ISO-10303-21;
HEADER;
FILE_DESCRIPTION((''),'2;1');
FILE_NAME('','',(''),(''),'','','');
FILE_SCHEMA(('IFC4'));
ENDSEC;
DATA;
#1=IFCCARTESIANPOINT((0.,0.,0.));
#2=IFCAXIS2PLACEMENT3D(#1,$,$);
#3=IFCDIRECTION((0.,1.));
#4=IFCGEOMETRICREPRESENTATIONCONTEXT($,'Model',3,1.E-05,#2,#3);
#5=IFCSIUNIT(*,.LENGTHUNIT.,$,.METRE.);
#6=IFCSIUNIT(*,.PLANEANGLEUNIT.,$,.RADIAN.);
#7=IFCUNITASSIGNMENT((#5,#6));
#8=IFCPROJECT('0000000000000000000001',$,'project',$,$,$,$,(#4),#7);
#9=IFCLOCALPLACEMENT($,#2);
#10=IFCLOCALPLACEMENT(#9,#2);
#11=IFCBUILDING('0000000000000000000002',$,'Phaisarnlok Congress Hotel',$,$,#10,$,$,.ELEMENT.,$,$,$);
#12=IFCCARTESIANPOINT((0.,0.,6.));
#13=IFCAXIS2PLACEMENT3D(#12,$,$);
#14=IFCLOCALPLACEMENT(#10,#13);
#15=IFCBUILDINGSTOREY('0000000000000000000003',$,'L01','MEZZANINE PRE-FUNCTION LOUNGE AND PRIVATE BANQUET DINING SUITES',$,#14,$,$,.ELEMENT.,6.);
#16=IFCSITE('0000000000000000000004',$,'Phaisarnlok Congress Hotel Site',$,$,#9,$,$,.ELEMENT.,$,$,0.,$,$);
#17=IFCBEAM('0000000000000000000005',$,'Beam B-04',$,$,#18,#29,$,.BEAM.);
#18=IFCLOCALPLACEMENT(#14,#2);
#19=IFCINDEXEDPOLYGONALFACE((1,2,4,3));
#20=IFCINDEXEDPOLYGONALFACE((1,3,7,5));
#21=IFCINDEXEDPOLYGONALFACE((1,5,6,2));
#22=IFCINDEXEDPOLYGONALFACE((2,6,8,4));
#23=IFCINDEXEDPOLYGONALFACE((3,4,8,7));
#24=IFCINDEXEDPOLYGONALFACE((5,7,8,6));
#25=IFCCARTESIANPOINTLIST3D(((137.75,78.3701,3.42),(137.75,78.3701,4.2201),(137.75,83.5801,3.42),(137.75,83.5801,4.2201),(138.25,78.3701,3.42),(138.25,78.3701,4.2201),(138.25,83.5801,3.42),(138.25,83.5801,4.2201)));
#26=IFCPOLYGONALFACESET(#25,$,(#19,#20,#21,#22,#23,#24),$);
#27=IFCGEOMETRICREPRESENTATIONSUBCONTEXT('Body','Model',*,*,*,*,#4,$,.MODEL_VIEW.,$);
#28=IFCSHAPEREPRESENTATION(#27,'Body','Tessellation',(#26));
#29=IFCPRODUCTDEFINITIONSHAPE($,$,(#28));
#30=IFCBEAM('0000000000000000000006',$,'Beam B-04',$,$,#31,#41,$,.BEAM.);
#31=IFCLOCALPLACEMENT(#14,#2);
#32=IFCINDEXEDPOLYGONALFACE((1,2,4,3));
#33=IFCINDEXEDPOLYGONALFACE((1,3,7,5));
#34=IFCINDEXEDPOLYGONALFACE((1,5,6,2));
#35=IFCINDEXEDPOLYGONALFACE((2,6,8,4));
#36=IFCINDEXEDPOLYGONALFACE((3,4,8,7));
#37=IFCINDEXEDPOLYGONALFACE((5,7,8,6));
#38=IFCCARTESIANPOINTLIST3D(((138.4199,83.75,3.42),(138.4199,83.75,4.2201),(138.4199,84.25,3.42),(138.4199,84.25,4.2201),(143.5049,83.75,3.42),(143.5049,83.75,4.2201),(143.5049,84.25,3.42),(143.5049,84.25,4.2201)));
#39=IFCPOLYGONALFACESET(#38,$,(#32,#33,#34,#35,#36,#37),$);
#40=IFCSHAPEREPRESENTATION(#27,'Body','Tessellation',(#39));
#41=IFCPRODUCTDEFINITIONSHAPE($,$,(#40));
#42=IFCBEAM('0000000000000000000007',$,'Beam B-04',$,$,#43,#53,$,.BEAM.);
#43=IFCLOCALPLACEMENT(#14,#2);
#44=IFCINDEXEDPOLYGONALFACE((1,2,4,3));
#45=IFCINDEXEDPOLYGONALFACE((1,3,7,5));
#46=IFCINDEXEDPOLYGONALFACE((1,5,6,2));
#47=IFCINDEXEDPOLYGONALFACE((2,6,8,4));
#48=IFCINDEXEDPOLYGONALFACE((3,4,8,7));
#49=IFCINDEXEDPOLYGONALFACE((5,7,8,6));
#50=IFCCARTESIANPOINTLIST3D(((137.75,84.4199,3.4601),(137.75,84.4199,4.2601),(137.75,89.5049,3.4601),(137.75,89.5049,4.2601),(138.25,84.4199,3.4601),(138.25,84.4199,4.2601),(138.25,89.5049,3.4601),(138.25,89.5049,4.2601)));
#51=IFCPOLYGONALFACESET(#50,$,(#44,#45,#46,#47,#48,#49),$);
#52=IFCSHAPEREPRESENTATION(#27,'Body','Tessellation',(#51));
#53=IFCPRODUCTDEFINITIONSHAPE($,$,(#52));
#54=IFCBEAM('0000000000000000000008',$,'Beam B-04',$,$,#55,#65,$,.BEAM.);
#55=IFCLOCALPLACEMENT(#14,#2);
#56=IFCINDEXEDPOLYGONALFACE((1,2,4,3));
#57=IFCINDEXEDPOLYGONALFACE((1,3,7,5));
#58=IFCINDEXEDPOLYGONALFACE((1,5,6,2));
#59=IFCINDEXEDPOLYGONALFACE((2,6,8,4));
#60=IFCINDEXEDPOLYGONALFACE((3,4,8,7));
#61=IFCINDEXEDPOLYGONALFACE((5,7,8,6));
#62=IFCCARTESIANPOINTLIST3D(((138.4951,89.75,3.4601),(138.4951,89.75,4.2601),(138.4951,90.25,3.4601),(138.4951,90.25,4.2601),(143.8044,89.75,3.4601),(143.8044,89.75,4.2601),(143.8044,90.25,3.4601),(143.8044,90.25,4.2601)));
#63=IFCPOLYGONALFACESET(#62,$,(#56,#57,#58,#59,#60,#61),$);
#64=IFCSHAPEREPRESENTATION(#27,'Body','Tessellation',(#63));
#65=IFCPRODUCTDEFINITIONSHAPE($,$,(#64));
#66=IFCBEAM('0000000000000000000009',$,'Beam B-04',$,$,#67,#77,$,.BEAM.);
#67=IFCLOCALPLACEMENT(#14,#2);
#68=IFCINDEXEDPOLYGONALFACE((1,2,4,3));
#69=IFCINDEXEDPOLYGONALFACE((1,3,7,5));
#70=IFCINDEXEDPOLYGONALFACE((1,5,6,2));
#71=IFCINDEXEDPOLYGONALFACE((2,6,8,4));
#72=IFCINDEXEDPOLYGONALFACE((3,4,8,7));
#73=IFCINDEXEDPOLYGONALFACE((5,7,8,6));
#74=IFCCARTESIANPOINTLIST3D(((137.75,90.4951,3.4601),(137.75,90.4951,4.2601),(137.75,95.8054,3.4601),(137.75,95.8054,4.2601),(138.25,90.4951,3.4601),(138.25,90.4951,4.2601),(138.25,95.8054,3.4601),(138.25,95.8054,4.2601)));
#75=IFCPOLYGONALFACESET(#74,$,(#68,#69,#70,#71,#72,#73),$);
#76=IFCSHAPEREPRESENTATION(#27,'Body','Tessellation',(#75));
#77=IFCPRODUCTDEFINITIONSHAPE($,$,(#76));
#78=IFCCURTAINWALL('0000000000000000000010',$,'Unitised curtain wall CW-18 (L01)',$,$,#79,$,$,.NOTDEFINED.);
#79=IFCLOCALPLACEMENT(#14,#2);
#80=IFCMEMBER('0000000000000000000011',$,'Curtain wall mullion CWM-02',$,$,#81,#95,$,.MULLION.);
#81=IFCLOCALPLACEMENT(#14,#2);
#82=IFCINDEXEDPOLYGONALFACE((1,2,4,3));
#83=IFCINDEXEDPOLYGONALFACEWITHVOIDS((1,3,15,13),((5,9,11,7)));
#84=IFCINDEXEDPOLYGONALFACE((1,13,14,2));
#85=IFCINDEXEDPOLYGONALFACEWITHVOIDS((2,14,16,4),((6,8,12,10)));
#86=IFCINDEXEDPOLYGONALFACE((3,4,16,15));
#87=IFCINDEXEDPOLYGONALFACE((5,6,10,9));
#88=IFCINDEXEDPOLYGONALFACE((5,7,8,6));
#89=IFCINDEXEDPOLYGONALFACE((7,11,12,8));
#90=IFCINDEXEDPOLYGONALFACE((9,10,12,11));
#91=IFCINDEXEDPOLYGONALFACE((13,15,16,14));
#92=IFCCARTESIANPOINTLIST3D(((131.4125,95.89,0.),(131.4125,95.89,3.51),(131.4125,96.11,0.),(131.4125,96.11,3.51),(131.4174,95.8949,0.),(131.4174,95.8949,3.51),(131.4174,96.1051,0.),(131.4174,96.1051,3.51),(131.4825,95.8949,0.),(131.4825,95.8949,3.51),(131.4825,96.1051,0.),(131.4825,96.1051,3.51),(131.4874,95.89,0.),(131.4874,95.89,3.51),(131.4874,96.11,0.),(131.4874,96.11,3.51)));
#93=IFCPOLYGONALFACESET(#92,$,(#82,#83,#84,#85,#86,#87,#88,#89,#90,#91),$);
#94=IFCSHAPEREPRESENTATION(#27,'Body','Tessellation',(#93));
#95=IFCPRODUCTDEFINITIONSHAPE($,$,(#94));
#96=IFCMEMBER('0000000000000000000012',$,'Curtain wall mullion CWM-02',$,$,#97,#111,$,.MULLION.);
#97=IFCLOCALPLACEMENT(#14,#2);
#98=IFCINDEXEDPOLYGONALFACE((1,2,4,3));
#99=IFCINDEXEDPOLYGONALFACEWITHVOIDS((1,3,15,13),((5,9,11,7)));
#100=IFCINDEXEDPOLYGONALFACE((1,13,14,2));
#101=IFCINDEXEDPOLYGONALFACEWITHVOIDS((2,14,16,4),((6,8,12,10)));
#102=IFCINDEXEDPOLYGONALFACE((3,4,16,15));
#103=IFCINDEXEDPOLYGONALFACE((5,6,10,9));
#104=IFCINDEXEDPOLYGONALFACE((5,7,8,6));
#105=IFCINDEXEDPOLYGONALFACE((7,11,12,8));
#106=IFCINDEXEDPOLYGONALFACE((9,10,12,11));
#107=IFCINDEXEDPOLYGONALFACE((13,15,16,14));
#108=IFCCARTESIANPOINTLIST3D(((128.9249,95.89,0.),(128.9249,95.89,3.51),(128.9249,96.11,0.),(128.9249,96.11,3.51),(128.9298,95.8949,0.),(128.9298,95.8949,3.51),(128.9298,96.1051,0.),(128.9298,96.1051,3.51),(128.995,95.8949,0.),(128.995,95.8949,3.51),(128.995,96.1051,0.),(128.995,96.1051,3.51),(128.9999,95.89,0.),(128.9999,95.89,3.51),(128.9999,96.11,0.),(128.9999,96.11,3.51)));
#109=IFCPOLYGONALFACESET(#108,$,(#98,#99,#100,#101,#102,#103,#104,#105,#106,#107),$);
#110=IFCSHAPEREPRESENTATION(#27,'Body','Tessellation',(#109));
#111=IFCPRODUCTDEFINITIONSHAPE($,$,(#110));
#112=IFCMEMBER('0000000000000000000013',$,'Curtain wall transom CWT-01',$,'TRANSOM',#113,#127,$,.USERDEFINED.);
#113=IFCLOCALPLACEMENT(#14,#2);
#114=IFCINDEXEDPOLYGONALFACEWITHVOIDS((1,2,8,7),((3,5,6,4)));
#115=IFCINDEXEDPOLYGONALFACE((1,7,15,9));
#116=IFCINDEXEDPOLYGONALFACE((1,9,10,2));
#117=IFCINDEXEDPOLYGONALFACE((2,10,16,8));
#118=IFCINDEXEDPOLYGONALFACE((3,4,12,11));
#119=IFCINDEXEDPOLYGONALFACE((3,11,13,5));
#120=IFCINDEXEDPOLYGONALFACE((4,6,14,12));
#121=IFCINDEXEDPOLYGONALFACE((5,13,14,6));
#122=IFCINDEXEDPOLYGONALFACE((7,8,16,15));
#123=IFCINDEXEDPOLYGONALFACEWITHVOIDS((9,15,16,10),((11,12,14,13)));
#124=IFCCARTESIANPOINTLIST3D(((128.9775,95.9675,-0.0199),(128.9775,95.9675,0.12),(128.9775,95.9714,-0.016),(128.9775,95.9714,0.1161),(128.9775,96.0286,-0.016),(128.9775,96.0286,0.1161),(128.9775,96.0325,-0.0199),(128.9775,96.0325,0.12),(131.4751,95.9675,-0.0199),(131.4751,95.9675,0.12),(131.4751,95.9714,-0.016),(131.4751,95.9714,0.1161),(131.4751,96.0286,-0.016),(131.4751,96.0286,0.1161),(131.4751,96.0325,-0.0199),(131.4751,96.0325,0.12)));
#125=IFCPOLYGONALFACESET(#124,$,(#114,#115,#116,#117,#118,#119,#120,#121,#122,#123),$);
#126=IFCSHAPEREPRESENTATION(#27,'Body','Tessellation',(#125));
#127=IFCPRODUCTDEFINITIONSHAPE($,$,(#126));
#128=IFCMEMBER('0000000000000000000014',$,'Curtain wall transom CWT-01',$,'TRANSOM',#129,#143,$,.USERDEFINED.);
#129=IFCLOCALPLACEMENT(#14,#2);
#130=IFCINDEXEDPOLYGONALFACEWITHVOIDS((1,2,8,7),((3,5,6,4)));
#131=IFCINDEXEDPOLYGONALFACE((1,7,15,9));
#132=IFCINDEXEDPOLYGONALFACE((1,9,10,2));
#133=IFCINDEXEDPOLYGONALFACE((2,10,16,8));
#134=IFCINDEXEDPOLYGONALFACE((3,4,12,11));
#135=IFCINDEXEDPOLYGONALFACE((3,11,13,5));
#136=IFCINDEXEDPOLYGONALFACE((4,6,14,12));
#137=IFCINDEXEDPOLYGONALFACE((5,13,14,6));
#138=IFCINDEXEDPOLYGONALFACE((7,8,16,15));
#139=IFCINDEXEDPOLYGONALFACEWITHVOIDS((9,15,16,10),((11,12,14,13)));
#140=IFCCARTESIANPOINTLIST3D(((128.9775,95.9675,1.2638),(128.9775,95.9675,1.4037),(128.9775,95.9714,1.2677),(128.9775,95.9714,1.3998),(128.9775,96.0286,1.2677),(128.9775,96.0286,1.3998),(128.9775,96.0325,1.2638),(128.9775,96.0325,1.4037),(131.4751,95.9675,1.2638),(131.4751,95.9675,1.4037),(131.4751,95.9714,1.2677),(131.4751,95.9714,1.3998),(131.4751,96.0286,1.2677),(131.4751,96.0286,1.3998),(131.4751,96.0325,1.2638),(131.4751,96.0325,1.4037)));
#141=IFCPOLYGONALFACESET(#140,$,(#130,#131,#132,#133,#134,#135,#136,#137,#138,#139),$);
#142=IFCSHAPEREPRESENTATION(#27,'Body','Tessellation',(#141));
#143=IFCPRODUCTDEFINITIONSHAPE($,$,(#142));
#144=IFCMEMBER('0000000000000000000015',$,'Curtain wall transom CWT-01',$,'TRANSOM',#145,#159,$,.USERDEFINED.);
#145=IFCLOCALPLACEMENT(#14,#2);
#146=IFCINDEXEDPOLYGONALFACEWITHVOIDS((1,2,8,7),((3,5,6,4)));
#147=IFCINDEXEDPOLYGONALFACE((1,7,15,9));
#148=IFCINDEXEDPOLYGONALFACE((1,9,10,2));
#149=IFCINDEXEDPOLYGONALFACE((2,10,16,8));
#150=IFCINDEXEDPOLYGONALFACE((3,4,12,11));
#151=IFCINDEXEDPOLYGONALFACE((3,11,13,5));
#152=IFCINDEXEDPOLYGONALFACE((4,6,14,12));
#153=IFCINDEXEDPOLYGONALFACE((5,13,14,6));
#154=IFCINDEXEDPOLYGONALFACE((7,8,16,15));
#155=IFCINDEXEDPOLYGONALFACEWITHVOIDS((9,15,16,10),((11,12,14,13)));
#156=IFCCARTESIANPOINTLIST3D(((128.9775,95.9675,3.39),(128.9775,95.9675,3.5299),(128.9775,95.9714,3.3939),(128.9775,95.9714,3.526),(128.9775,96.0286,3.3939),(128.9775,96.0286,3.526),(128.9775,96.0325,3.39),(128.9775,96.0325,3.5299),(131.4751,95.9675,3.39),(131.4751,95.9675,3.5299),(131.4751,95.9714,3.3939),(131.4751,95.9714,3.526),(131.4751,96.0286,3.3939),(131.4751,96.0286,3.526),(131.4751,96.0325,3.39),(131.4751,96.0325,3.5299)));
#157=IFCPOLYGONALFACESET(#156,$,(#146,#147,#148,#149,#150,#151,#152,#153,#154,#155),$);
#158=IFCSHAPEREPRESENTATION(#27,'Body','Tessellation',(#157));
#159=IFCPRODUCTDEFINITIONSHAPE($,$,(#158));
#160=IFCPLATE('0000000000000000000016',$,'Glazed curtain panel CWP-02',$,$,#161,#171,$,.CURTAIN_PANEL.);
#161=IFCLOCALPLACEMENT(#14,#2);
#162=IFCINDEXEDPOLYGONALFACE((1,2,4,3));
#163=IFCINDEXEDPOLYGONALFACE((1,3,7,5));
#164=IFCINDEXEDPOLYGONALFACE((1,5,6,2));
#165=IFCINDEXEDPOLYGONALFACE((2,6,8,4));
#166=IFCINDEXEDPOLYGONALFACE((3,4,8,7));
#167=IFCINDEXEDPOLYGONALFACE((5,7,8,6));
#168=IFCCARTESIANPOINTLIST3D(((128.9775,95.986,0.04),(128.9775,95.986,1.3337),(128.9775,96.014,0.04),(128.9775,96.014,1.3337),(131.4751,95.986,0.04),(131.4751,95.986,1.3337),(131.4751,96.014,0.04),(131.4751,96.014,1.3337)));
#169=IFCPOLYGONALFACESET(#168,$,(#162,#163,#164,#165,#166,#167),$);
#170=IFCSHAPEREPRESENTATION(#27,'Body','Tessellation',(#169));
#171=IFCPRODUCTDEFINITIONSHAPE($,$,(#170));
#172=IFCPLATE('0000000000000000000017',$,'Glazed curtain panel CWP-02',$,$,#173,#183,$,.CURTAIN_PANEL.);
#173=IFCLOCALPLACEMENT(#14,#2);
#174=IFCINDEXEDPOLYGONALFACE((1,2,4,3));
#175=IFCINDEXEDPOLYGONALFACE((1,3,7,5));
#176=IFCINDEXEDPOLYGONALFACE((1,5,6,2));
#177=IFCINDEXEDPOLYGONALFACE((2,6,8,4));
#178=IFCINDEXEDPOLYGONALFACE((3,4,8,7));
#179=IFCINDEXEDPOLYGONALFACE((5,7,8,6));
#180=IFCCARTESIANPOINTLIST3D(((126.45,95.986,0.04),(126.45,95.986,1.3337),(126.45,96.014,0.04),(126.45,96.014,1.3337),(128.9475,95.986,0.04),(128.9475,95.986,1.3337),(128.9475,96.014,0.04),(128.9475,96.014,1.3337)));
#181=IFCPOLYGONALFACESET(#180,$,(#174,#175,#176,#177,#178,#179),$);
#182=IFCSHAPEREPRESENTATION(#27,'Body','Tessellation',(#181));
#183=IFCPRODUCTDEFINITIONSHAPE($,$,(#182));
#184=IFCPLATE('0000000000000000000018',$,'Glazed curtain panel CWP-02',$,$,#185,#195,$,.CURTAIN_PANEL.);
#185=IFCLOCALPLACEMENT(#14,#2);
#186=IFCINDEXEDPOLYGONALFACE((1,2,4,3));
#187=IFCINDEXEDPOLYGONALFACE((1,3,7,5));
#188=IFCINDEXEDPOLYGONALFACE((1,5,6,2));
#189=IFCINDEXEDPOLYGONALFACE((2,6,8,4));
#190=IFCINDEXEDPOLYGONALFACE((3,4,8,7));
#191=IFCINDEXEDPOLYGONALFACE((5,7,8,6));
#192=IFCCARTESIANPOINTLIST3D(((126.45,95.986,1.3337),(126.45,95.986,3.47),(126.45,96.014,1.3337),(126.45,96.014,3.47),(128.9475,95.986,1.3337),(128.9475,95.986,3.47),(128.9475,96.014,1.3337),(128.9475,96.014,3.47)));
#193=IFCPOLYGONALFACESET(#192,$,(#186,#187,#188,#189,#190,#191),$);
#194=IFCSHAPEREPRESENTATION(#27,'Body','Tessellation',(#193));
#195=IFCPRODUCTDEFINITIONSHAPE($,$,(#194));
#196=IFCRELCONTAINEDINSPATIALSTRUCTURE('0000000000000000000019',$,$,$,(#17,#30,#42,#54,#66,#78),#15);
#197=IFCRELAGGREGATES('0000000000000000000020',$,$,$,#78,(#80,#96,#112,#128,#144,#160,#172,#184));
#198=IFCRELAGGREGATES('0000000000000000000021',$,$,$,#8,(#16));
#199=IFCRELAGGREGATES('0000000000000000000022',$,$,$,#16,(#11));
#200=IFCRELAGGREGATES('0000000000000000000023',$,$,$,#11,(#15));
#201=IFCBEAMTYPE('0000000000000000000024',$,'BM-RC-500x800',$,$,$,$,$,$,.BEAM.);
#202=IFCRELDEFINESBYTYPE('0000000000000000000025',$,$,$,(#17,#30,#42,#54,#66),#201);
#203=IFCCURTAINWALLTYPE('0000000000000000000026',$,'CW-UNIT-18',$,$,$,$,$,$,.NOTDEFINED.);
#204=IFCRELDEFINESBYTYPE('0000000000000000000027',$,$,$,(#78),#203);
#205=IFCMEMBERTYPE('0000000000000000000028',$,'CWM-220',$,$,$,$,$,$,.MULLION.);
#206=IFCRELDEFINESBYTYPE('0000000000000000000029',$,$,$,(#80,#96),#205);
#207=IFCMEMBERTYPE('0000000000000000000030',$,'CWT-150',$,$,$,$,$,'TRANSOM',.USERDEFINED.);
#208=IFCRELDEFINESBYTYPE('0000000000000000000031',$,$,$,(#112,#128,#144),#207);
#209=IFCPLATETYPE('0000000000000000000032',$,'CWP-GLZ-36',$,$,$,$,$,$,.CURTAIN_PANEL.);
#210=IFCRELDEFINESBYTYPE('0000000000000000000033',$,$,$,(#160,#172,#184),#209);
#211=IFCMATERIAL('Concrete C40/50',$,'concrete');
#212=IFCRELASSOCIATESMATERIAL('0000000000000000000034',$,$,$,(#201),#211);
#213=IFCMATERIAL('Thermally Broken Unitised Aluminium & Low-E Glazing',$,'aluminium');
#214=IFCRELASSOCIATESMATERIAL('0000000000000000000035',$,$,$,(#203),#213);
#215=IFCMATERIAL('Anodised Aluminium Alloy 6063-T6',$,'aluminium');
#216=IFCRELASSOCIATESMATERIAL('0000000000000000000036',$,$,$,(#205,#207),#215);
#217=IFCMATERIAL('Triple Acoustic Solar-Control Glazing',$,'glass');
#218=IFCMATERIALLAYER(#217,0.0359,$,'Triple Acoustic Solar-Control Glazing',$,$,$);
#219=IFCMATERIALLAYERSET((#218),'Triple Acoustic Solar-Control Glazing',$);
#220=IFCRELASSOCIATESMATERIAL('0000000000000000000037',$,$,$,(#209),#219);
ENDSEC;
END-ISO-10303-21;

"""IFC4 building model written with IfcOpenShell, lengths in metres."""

from ifc_helpers import new_model, si_unit, direction, frame, frame_2d, origin, origin_2d, place, context, subcontext, project, spatial, rectangle, hollow_rectangle, extrude, material, layer, layer_set, material_profile, profile_set, type_object, element, aggregate, save


model = new_model("IFC4")

# Units and contexts
model_context = context("Model", 3, precision=1e-05, world=origin(), true_north=direction((0.0, 1.0)))
body_context = subcontext(model_context, "Body", "Model", "MODEL_VIEW")
ifc_project = project(units=[si_unit("LENGTHUNIT", "METRE"), si_unit("PLANEANGLEUNIT", "RADIAN")], contexts=[model_context])

# Site, building, storey
site_placement = place(None, origin())
site = spatial("IfcSite", under=ifc_project, at=site_placement, Name="Phaisarnlok Congress Hotel Site", CompositionType="ELEMENT", RefElevation=0.0)
building_placement = place(site_placement, origin())
building = spatial("IfcBuilding", under=site, at=building_placement, Name="Phaisarnlok Congress Hotel", CompositionType="ELEMENT")
storey_placement = place(building_placement, frame((0.0, 0.0, 6.0)))
storey = spatial("IfcBuildingStorey", under=building, at=storey_placement, Name="L01", Description="MEZZANINE PRE-FUNCTION LOUNGE AND PRIVATE BANQUET DINING SUITES", CompositionType="ELEMENT", Elevation=6.0)

# Beams
ifc_material_1 = material(Name="Concrete C40/50", Category="concrete")
ifc_material_profile_1 = material_profile(ifc_material_1, rectangle(XDim=0.5, YDim=0.8, at=origin_2d()), Name="RC 500x800")
ifc_profile_set_1 = profile_set([ifc_material_profile_1], Name="Concrete C40/50")
beam_type = type_object("IfcBeamType", Name="BM-RC-500x800", PredefinedType="BEAM", material=ifc_profile_set_1)
beam_1_placement = place(storey_placement, frame((138.0, 78.3701, 3.8201), z_axis=(0.0, 1.0, 0.0), x_axis=(-1.0, 0.0, 0.0)))
element("IfcBeam", 1, at=beam_1_placement, inside=storey, type_object=beam_type, Name="Beam B-04", PredefinedType="BEAM", context=body_context, shape_type="SweptSolid", body=[
    extrude(rectangle(XDim=0.5, YDim=0.8, at=origin_2d()), origin(), (0.0, 0.0, 1.0), 5.21),
])
for number, where, z_axis, x_axis, name in (
    (2, (138.4199, 84.0, 3.8201), (1.0, 0.0, 0.0), (0.0, 1.0, 0.0), "Beam B-04"),
    (3, (138.0, 84.4199, 3.8601), (0.0, 1.0, 0.0), (-1.0, 0.0, 0.0), "Beam B-04"),
):
    element("IfcBeam", number, at=place(storey_placement, frame(where, z_axis=z_axis, x_axis=x_axis)), inside=storey, type_object=beam_type, Name=name, PredefinedType="BEAM", context=body_context, shape_type="SweptSolid", body=[
        extrude(rectangle(XDim=0.5, YDim=0.8, at=origin_2d()), origin(), (0.0, 0.0, 1.0), 5.085),
    ])
beam_2_placement = place(storey_placement, frame((138.4951, 90.0, 3.8601), z_axis=(1.0, 0.0, 0.0), x_axis=(0.0, 1.0, 0.0)))
element("IfcBeam", 4, at=beam_2_placement, inside=storey, type_object=beam_type, Name="Beam B-04", PredefinedType="BEAM", context=body_context, shape_type="SweptSolid", body=[
    extrude(rectangle(XDim=0.5, YDim=0.8, at=origin_2d()), origin(), (0.0, 0.0, 1.0), 5.3093),
])
beam_3_placement = place(storey_placement, frame((138.0, 90.4951, 3.8601), z_axis=(0.0, 1.0, 0.0), x_axis=(-1.0, 0.0, 0.0)))
element("IfcBeam", 5, at=beam_3_placement, inside=storey, type_object=beam_type, Name="Beam B-04", PredefinedType="BEAM", context=body_context, shape_type="SweptSolid", body=[
    extrude(rectangle(XDim=0.5, YDim=0.8, at=origin_2d()), origin(), (0.0, 0.0, 1.0), 5.3103),
])

# Curtain wall, members, plates
ifc_material_2 = material(Name="Thermally Broken Unitised Aluminium & Low-E Glazing", Category="aluminium")
curtain_wall_type = type_object("IfcCurtainWallType", Name="CW-UNIT-18", PredefinedType="NOTDEFINED", material=ifc_material_2)
curtain_wall_placement = place(storey_placement, origin())
curtain_wall = element("IfcCurtainWall", 6, at=curtain_wall_placement, inside=storey, type_object=curtain_wall_type, Name="Unitised curtain wall CW-18 (L01)", PredefinedType="NOTDEFINED")
ifc_material_3 = material(Name="Anodised Aluminium Alloy 6063-T6", Category="aluminium")
ifc_material_profile_2 = material_profile(ifc_material_3, hollow_rectangle(XDim=0.075, YDim=0.22, WallThickness=0.0049, at=origin_2d()), Name="ALU-M 75x220x5")
ifc_profile_set_2 = profile_set([ifc_material_profile_2], Name="Anodised Aluminium Alloy 6063-T6")
member_type_1 = type_object("IfcMemberType", Name="CWM-220", PredefinedType="MULLION", material=ifc_profile_set_2)
member_1_placement = place(storey_placement, frame((131.45, 96.0, 0.0), z_axis=(0.0, 0.0, 1.0), x_axis=(-1.0, 0.0, 0.0)))
member_1 = element("IfcMember", 7, at=member_1_placement, type_object=member_type_1, Name="Curtain wall mullion CWM-02", PredefinedType="MULLION", context=body_context, shape_type="SweptSolid", body=[
    extrude(hollow_rectangle(XDim=0.075, YDim=0.22, WallThickness=0.0049, at=origin_2d()), origin(), (0.0, 0.0, 1.0), 3.51),
])
member_2_placement = place(storey_placement, frame((128.9624, 96.0, 0.0), z_axis=(0.0, 0.0, 1.0), x_axis=(-1.0, 0.0, 0.0)))
member_2 = element("IfcMember", 8, at=member_2_placement, type_object=member_type_1, Name="Curtain wall mullion CWM-02", PredefinedType="MULLION", context=body_context, shape_type="SweptSolid", body=[
    extrude(hollow_rectangle(XDim=0.075, YDim=0.22, WallThickness=0.0049, at=origin_2d()), origin(), (0.0, 0.0, 1.0), 3.51),
])
ifc_material_profile_3 = material_profile(ifc_material_3, hollow_rectangle(XDim=0.0649, YDim=0.1399, WallThickness=0.0039, at=origin_2d()), Name="ALU-T 65x140x4")
ifc_profile_set_3 = profile_set([ifc_material_profile_3], Name="Anodised Aluminium Alloy 6063-T6")
member_type_2 = type_object("IfcMemberType", Name="CWT-150", ElementType="TRANSOM", PredefinedType="USERDEFINED", material=ifc_profile_set_3)
member_3_placement = place(storey_placement, frame((131.4751, 96.0, 0.05), z_axis=(-1.0, 0.0, 0.0), x_axis=(0.0, -1.0, 0.0)))
member_3 = element("IfcMember", 9, at=member_3_placement, type_object=member_type_2, Name="Curtain wall transom CWT-01", ObjectType="TRANSOM", PredefinedType="USERDEFINED", context=body_context, shape_type="SweptSolid", body=[
    extrude(hollow_rectangle(XDim=0.0649, YDim=0.1399, WallThickness=0.0039, at=origin_2d()), origin(), (0.0, 0.0, 1.0), 2.4976),
])
member_4_placement = place(storey_placement, frame((131.4751, 96.0, 1.3337), z_axis=(-1.0, 0.0, 0.0), x_axis=(0.0, -1.0, 0.0)))
member_4 = element("IfcMember", 10, at=member_4_placement, type_object=member_type_2, Name="Curtain wall transom CWT-01", ObjectType="TRANSOM", PredefinedType="USERDEFINED", context=body_context, shape_type="SweptSolid", body=[
    extrude(hollow_rectangle(XDim=0.0649, YDim=0.1399, WallThickness=0.0039, at=origin_2d()), origin(), (0.0, 0.0, 1.0), 2.4976),
])
member_5_placement = place(storey_placement, frame((131.4751, 96.0, 3.46), z_axis=(-1.0, 0.0, 0.0), x_axis=(0.0, -1.0, 0.0)))
member_5 = element("IfcMember", 11, at=member_5_placement, type_object=member_type_2, Name="Curtain wall transom CWT-01", ObjectType="TRANSOM", PredefinedType="USERDEFINED", context=body_context, shape_type="SweptSolid", body=[
    extrude(hollow_rectangle(XDim=0.0649, YDim=0.1399, WallThickness=0.0039, at=origin_2d()), origin(), (0.0, 0.0, 1.0), 2.4976),
])
ifc_material_4 = material(Name="Triple Acoustic Solar-Control Glazing", Category="glass")
ifc_layer_1 = layer(ifc_material_4, 0.0359, Name="Triple Acoustic Solar-Control Glazing")
ifc_layer_set_1 = layer_set([ifc_layer_1], Name="Triple Acoustic Solar-Control Glazing")
plate_type = type_object("IfcPlateType", Name="CWP-GLZ-36", PredefinedType="CURTAIN_PANEL", material=ifc_layer_set_1)
plate_1_placement = place(storey_placement, frame((131.4751, 96.0, 0.04), z_axis=(0.0, 0.0, 1.0), x_axis=(-1.0, 0.0, 0.0)))
plate_1 = element("IfcPlate", 12, at=plate_1_placement, type_object=plate_type, Name="Glazed curtain panel CWP-02", PredefinedType="CURTAIN_PANEL", context=body_context, shape_type="SweptSolid", body=[
    extrude(rectangle(XDim=2.4976, YDim=0.0281, at=frame_2d((1.2488, 0.0))), origin(), (0.0, 0.0, 1.0), 1.2937),
])
plate_2_placement = place(storey_placement, frame((128.9475, 96.0, 0.04), z_axis=(0.0, 0.0, 1.0), x_axis=(-1.0, 0.0, 0.0)))
plate_2 = element("IfcPlate", 13, at=plate_2_placement, type_object=plate_type, Name="Glazed curtain panel CWP-02", PredefinedType="CURTAIN_PANEL", context=body_context, shape_type="SweptSolid", body=[
    extrude(rectangle(XDim=2.4976, YDim=0.0281, at=frame_2d((1.2488, 0.0))), origin(), (0.0, 0.0, 1.0), 1.2937),
])
plate_3_placement = place(storey_placement, frame((128.9475, 96.0, 1.3337), z_axis=(0.0, 0.0, 1.0), x_axis=(-1.0, 0.0, 0.0)))
plate_3 = element("IfcPlate", 14, at=plate_3_placement, type_object=plate_type, Name="Glazed curtain panel CWP-02", PredefinedType="CURTAIN_PANEL", context=body_context, shape_type="SweptSolid", body=[
    extrude(rectangle(XDim=2.4976, YDim=0.0281, at=frame_2d((1.2488, 0.0))), origin(), (0.0, 0.0, 1.0), 2.1362),
])
aggregate(curtain_wall, [member_1, member_2, member_3, member_4, member_5, plate_1, plate_2, plate_3])

save(model, "model.ifc")
